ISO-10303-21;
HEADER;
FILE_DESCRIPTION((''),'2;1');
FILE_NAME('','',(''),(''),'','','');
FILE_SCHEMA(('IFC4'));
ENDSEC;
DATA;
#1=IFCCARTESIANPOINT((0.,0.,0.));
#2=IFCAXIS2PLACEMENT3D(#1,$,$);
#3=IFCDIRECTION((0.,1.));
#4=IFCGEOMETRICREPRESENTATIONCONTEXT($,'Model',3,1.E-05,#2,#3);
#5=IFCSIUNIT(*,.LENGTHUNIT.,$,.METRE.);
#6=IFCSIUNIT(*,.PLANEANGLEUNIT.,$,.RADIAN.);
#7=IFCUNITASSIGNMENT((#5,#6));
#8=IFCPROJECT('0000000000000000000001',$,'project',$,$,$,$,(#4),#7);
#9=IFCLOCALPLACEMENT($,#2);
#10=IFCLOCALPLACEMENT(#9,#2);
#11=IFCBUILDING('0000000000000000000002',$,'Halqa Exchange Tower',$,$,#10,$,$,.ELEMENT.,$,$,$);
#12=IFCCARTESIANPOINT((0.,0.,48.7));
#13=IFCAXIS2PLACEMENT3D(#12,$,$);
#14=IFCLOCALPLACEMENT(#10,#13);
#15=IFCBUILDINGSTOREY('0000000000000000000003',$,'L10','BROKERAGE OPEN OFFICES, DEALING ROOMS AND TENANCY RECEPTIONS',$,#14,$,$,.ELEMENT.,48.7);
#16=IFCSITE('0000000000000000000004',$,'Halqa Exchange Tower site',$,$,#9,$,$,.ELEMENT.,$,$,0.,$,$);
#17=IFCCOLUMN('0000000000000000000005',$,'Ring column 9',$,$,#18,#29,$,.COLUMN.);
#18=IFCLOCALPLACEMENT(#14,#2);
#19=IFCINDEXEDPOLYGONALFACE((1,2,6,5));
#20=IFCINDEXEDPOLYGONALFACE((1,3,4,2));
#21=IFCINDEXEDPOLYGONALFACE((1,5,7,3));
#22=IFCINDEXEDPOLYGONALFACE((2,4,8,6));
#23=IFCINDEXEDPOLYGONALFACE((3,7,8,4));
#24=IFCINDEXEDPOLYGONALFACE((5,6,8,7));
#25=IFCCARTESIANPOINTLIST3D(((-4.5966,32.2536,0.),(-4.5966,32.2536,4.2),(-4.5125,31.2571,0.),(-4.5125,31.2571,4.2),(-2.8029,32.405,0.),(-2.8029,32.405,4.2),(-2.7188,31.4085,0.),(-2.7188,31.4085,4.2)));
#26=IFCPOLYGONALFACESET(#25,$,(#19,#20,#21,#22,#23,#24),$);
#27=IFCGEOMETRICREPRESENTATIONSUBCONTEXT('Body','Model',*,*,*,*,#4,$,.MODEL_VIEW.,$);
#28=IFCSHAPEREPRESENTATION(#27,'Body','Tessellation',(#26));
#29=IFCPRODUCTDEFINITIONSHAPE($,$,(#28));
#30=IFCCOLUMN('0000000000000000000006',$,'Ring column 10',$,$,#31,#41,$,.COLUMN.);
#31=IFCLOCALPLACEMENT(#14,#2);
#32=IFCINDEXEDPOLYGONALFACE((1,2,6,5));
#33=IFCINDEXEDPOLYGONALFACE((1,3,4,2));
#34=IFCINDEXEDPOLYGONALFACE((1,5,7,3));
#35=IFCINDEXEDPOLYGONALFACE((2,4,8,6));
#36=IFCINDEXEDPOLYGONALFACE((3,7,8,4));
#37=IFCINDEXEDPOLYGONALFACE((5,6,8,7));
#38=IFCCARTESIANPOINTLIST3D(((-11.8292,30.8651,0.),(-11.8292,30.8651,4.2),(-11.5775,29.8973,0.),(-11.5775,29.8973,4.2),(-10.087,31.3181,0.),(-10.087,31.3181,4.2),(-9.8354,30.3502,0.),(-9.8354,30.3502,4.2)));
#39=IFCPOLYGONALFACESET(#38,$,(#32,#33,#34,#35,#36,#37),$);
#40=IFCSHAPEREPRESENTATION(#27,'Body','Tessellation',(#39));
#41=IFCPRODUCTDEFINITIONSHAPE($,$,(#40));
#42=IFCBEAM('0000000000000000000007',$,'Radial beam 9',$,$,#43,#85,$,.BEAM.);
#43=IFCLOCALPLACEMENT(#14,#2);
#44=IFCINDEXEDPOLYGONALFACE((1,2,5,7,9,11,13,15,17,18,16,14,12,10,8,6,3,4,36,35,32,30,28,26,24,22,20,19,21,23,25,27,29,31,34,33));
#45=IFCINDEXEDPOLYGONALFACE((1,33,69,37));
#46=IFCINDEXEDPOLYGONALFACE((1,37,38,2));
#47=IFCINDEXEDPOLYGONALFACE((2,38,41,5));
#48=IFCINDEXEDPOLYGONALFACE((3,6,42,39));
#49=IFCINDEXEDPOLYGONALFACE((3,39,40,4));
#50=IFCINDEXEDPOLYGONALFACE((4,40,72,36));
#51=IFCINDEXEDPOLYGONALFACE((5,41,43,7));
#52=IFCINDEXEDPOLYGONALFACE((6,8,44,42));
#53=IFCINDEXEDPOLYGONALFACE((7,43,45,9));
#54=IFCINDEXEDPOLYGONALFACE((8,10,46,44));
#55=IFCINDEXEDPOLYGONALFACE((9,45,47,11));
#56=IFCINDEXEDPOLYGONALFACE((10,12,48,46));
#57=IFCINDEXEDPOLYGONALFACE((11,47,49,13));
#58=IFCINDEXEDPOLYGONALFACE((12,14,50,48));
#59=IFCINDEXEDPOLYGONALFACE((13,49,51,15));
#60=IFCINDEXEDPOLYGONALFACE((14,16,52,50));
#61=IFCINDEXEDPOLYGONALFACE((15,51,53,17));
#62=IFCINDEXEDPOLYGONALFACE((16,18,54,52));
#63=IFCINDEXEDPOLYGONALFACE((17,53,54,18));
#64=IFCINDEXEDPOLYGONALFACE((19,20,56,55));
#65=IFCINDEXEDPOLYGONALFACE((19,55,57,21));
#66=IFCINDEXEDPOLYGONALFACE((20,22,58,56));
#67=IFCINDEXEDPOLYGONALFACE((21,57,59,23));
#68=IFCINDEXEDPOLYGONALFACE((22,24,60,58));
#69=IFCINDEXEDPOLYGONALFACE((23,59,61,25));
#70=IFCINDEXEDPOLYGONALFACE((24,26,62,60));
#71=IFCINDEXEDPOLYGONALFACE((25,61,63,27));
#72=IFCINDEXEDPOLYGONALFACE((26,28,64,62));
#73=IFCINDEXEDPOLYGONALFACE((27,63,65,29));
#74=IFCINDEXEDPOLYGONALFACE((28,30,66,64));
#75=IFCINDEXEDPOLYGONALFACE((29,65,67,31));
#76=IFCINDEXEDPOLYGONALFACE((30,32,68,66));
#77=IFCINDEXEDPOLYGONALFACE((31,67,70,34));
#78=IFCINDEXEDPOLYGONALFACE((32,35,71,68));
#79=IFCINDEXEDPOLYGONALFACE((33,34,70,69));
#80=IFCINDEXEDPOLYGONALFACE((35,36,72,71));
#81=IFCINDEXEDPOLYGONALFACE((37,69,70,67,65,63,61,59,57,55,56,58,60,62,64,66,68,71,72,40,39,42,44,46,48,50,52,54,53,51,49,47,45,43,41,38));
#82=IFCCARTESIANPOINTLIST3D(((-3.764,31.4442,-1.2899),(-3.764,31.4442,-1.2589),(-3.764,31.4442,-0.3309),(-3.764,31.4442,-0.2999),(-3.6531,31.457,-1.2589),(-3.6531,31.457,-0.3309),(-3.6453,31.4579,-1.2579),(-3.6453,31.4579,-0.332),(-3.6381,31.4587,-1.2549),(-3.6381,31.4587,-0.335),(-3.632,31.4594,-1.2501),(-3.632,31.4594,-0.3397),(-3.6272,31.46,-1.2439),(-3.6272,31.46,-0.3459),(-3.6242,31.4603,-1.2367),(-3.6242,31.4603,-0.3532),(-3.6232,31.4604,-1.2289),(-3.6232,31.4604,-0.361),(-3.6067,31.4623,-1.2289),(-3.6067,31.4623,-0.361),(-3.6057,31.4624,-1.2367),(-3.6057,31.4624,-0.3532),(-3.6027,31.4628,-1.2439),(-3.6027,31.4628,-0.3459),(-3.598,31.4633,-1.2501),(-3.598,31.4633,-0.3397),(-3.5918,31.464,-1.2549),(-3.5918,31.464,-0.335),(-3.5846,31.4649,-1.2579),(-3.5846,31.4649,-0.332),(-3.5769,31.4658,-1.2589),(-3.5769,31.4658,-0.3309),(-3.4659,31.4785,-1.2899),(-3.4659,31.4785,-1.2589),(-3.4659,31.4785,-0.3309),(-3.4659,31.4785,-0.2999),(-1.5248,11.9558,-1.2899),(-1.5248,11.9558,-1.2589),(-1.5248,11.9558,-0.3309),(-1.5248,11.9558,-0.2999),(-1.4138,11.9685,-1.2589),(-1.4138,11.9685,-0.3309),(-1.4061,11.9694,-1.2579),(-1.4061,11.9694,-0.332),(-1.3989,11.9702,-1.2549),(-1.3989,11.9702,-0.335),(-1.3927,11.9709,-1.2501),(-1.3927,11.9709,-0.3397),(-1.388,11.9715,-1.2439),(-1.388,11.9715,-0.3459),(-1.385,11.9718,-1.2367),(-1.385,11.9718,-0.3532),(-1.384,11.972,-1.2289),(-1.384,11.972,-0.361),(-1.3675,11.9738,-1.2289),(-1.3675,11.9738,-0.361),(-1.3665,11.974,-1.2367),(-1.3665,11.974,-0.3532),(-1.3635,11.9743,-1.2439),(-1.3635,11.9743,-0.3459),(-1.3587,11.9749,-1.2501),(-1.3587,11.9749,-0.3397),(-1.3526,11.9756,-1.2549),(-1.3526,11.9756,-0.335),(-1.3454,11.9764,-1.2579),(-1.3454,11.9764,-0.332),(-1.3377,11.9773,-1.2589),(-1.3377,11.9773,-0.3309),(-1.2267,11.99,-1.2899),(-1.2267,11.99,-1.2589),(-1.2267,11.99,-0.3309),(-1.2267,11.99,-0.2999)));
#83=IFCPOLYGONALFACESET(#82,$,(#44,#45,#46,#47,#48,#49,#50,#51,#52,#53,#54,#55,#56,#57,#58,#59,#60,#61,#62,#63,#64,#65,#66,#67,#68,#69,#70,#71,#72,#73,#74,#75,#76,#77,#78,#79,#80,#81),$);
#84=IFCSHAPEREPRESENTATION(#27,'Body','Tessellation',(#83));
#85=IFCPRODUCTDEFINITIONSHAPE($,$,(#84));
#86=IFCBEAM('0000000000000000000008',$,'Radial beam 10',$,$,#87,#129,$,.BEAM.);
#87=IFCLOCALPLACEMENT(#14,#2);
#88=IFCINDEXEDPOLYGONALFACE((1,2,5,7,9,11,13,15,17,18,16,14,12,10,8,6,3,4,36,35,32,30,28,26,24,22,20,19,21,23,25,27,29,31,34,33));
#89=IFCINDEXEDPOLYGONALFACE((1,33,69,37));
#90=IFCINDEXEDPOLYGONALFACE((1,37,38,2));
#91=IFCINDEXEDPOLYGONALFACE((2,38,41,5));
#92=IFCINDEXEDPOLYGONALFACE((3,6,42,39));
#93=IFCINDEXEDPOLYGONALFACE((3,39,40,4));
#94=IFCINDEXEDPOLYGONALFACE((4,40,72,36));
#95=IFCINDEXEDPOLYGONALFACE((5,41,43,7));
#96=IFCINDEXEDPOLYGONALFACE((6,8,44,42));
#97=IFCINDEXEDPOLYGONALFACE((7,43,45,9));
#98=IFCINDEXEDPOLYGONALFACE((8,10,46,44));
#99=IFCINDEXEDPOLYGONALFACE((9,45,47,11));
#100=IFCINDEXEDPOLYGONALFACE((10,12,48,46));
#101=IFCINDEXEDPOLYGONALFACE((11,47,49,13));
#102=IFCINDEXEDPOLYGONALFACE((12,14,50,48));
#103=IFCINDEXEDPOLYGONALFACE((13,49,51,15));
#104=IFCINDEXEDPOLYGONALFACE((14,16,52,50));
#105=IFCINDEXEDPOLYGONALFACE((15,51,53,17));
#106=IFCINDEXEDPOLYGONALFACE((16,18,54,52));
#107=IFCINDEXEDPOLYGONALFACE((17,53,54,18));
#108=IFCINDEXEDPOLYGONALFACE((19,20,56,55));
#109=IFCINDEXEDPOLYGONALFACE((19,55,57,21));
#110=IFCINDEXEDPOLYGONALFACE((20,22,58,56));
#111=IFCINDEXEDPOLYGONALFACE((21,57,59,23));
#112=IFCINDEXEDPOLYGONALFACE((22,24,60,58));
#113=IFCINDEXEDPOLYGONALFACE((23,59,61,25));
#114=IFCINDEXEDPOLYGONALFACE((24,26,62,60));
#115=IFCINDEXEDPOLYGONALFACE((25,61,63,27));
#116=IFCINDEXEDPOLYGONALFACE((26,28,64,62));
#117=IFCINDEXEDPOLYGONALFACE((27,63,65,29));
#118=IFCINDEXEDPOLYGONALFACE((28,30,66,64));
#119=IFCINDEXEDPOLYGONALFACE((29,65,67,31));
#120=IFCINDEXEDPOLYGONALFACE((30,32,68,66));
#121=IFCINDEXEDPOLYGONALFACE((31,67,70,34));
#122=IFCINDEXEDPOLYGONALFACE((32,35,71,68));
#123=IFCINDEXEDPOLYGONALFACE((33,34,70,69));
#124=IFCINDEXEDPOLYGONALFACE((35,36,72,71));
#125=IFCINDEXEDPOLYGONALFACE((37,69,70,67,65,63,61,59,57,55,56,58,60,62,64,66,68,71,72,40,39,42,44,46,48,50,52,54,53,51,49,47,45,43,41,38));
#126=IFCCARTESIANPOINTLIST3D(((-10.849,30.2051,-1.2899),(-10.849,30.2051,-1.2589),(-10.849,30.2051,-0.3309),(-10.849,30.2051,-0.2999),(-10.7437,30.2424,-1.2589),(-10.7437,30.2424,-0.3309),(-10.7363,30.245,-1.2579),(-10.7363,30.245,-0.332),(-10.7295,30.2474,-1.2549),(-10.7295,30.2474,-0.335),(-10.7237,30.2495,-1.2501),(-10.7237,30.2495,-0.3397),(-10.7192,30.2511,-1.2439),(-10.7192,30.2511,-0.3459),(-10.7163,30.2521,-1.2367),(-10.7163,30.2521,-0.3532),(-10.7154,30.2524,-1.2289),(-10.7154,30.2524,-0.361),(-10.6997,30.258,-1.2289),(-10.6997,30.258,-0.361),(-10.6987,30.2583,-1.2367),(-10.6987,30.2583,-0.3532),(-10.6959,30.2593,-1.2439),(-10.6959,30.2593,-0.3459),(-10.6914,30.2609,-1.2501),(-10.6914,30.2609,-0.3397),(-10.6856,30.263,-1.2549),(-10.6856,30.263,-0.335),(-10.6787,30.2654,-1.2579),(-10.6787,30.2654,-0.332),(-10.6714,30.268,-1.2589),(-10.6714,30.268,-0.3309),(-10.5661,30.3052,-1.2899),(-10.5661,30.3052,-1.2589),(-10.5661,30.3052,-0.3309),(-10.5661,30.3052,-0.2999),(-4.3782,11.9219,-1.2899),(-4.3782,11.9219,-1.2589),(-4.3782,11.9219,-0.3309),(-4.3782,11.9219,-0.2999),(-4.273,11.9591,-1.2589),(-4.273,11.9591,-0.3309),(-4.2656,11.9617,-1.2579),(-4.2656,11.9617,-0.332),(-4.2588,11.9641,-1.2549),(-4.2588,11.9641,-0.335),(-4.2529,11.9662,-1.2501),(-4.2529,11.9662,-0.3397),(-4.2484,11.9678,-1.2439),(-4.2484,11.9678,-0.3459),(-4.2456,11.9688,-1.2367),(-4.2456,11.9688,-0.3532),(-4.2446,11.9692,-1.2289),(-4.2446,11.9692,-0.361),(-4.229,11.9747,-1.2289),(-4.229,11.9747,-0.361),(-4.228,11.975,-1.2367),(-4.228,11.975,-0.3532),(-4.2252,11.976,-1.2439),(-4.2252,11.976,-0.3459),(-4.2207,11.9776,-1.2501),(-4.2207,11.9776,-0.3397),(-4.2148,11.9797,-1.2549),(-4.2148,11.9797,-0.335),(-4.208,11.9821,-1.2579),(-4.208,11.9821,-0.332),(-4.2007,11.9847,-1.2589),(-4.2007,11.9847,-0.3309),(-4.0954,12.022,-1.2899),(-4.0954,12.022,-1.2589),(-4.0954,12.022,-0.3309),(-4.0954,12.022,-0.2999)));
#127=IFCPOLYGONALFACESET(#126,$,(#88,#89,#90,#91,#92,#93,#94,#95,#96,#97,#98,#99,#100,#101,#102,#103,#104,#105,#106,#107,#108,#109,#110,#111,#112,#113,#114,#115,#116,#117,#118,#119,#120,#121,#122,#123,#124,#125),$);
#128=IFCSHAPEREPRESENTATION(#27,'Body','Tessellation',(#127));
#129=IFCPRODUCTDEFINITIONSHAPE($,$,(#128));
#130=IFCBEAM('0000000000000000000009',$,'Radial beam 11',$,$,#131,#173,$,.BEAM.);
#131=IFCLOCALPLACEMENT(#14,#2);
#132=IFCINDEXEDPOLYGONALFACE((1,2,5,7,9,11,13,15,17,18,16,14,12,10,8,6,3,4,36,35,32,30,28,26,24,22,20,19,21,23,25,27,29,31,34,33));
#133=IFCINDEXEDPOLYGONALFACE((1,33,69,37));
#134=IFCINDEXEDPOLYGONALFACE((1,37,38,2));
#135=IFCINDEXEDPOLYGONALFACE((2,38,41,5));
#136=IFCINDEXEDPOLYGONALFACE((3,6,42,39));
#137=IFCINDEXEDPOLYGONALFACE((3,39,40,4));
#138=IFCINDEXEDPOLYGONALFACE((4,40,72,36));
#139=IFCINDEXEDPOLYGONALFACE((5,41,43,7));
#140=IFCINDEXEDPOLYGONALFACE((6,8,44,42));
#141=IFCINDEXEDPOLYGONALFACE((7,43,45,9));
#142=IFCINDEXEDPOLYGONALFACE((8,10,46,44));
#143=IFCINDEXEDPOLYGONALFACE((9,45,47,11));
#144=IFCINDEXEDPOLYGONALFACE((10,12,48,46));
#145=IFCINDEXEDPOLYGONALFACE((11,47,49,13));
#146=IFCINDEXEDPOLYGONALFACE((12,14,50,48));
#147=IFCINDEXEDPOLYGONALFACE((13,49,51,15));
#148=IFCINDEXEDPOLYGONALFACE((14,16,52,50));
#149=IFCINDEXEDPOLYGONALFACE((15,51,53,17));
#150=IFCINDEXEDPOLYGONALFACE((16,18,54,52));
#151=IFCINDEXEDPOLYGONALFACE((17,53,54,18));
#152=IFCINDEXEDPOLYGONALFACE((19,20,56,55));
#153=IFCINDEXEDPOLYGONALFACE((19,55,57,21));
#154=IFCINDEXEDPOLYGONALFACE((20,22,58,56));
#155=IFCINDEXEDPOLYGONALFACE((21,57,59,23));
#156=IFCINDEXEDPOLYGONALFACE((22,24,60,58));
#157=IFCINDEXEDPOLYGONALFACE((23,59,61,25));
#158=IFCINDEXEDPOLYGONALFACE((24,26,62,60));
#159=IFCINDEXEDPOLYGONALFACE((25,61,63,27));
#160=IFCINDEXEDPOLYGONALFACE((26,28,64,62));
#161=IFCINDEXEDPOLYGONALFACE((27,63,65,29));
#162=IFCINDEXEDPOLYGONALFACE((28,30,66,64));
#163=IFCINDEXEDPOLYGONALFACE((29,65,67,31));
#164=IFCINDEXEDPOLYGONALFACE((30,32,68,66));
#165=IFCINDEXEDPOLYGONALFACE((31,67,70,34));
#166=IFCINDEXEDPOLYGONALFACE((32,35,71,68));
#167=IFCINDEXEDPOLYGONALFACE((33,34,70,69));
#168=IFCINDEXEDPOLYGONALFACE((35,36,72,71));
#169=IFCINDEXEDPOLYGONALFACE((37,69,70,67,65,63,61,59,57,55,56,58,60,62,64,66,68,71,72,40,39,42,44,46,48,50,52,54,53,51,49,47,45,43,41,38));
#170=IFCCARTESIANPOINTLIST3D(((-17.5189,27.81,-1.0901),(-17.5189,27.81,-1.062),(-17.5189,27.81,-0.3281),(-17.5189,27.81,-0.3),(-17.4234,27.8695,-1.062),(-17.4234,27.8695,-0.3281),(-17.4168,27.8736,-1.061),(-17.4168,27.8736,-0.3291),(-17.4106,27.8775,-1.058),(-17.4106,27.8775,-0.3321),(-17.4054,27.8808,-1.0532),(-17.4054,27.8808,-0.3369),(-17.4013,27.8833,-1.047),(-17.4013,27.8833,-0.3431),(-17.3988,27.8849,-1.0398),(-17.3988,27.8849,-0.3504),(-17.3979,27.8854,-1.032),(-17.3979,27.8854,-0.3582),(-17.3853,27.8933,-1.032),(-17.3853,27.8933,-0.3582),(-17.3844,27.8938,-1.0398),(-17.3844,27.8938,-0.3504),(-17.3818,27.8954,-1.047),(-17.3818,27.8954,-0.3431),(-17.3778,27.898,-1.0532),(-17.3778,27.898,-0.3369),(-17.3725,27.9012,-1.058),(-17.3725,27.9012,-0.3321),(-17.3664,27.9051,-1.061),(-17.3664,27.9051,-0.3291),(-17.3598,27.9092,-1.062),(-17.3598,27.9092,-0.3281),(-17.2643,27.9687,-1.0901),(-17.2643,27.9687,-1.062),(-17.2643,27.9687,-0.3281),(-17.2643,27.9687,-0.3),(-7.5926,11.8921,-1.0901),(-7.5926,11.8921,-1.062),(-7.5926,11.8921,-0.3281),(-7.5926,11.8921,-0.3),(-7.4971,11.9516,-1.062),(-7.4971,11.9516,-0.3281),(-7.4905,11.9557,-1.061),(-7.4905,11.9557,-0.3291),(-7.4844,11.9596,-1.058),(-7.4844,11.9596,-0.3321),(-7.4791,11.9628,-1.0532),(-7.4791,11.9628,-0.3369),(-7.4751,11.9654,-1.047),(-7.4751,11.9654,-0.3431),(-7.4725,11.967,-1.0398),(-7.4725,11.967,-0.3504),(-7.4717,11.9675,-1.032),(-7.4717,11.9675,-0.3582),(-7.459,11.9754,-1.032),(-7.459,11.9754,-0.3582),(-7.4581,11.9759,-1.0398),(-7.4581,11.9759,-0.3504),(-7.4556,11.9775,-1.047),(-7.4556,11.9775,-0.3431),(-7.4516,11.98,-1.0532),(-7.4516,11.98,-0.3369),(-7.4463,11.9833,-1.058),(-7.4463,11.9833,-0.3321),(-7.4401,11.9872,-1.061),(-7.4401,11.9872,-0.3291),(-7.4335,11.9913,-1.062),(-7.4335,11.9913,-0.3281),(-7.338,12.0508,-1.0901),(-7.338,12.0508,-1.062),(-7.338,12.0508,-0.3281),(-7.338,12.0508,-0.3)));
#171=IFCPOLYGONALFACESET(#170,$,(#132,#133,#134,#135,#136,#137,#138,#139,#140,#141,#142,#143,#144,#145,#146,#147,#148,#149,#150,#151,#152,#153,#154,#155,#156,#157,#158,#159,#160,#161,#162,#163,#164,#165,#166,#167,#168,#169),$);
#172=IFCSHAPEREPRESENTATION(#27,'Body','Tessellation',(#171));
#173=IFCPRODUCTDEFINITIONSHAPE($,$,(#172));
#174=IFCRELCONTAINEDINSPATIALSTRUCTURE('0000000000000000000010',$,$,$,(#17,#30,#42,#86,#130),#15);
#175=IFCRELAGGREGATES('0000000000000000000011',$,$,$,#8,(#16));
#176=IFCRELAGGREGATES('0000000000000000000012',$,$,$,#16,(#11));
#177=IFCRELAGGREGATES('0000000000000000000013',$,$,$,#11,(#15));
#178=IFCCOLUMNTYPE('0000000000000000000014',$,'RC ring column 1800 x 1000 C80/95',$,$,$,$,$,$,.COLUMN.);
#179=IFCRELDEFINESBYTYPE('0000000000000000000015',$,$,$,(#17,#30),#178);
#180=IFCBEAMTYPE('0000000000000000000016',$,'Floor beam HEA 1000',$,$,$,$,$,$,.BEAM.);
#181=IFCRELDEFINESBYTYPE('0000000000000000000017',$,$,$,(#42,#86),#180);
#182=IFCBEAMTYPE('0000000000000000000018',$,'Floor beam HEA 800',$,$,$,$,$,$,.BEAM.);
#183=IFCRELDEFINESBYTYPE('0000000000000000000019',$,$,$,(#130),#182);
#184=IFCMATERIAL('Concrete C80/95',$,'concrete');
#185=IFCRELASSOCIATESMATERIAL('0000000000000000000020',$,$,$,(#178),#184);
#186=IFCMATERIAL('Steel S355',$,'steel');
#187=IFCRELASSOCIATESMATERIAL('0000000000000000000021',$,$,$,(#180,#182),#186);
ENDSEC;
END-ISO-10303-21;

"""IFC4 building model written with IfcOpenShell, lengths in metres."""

from ifc_helpers import new_model, si_unit, direction, frame, origin, origin_2d, place, context, subcontext, project, spatial, rectangle, i_section, extrude, material, material_profile, profile_set, type_object, element, save


model = new_model("IFC4")

# Units and contexts
model_context = context("Model", 3, precision=1e-05, world=origin(), true_north=direction((0.0, 1.0)))
body_context = subcontext(model_context, "Body", "Model", "MODEL_VIEW")
ifc_project = project(units=[si_unit("LENGTHUNIT", "METRE"), si_unit("PLANEANGLEUNIT", "RADIAN")], contexts=[model_context])

# Site, building, storey
site_placement = place(None, origin())
site = spatial("IfcSite", under=ifc_project, at=site_placement, Name="Halqa Exchange Tower site", CompositionType="ELEMENT", RefElevation=0.0)
building_placement = place(site_placement, origin())
building = spatial("IfcBuilding", under=site, at=building_placement, Name="Halqa Exchange Tower", CompositionType="ELEMENT")
storey_placement = place(building_placement, frame((0.0, 0.0, 48.7)))
storey = spatial("IfcBuildingStorey", under=building, at=storey_placement, Name="L10", Description="BROKERAGE OPEN OFFICES, DEALING ROOMS AND TENANCY RECEPTIONS", CompositionType="ELEMENT", Elevation=48.7)

# Columns
ifc_material_1 = material(Name="Concrete C80/95", Category="concrete")
ifc_material_profile_1 = material_profile(ifc_material_1, rectangle(XDim=1.8, YDim=1.0, at=origin_2d()), Name="1800 x 1000")
ifc_profile_set_1 = profile_set([ifc_material_profile_1], Name="Concrete C80/95")
column_type = type_object("IfcColumnType", Name="RC ring column 1800 x 1000 C80/95", PredefinedType="COLUMN", material=ifc_profile_set_1)
for number, where, z_axis, x_axis, name in (
    (1, (-3.6577, 31.8311, 0.0), (0.0, 0.0, 1.0), (-0.996455, -0.084125, 0.0), "Ring column 9"),
    (2, (-10.8323, 30.6077, 0.0), (0.0, 0.0, 1.0), (-0.96782, -0.251644, 0.0), "Ring column 10"),
):
    element("IfcColumn", number, at=place(storey_placement, frame(where, z_axis=z_axis, x_axis=x_axis)), inside=storey, type_object=column_type, Name=name, PredefinedType="COLUMN", context=body_context, shape_type="SweptSolid", body=[
        extrude(rectangle(XDim=1.8, YDim=1.0, at=origin_2d()), origin(), (0.0, 0.0, 1.0), 4.2),
    ])

# Beams
ifc_material_2 = material(Name="Steel S355", Category="steel")
ifc_material_profile_2 = material_profile(ifc_material_2, i_section(OverallWidth=0.3, OverallDepth=0.99, WebThickness=0.0166, FlangeThickness=0.031, FilletRadius=0.03, at=origin_2d()), Name="HEA 1000")
ifc_profile_set_2 = profile_set([ifc_material_profile_2], Name="Steel S355")
beam_type_1 = type_object("IfcBeamType", Name="Floor beam HEA 1000", PredefinedType="BEAM", material=ifc_profile_set_2)
beam_1_placement = place(storey_placement, frame((-1.3757, 11.9729, -0.7949), z_axis=(-0.11415, 0.993463, 0.0), x_axis=(-0.993463, -0.11415, 0.0)))
element("IfcBeam", 3, at=beam_1_placement, inside=storey, type_object=beam_type_1, Name="Radial beam 9", PredefinedType="BEAM", context=body_context, shape_type="SweptSolid", body=[
    extrude(i_section(OverallWidth=0.3, OverallDepth=0.99, WebThickness=0.0166, FlangeThickness=0.031, FilletRadius=0.03, at=origin_2d()), origin(), (0.0, 0.0, 1.0), 19.6167),
])
beam_2_placement = place(storey_placement, frame((-4.2368, 11.9719, -0.7949), z_axis=(-0.333636, 0.942702, 0.0), x_axis=(-0.942702, -0.333636, 0.0)))
element("IfcBeam", 4, at=beam_2_placement, inside=storey, type_object=beam_type_1, Name="Radial beam 10", PredefinedType="BEAM", context=body_context, shape_type="SweptSolid", body=[
    extrude(i_section(OverallWidth=0.3, OverallDepth=0.99, WebThickness=0.0166, FlangeThickness=0.031, FilletRadius=0.03, at=origin_2d()), origin(), (0.0, 0.0, 1.0), 19.3945),
])
ifc_material_profile_3 = material_profile(ifc_material_2, i_section(OverallWidth=0.3, OverallDepth=0.79, WebThickness=0.0149, FlangeThickness=0.0281, FilletRadius=0.03, at=origin_2d()), Name="HEA 800")
ifc_profile_set_3 = profile_set([ifc_material_profile_3], Name="Steel S355")
beam_type_2 = type_object("IfcBeamType", Name="Floor beam HEA 800", PredefinedType="BEAM", material=ifc_profile_set_3)
beam_3_placement = place(storey_placement, frame((-7.4653, 11.9714, -0.6951), z_axis=(-0.529138, 0.848536, 0.0), x_axis=(-0.848536, -0.529138, 0.0)))
element("IfcBeam", 5, at=beam_3_placement, inside=storey, type_object=beam_type_2, Name="Radial beam 11", PredefinedType="BEAM", context=body_context, shape_type="SweptSolid", body=[
    extrude(i_section(OverallWidth=0.3, OverallDepth=0.79, WebThickness=0.0149, FlangeThickness=0.0281, FilletRadius=0.03, at=origin_2d()), origin(), (0.0, 0.0, 1.0), 18.7593),
])

save(model, "model.ifc")
